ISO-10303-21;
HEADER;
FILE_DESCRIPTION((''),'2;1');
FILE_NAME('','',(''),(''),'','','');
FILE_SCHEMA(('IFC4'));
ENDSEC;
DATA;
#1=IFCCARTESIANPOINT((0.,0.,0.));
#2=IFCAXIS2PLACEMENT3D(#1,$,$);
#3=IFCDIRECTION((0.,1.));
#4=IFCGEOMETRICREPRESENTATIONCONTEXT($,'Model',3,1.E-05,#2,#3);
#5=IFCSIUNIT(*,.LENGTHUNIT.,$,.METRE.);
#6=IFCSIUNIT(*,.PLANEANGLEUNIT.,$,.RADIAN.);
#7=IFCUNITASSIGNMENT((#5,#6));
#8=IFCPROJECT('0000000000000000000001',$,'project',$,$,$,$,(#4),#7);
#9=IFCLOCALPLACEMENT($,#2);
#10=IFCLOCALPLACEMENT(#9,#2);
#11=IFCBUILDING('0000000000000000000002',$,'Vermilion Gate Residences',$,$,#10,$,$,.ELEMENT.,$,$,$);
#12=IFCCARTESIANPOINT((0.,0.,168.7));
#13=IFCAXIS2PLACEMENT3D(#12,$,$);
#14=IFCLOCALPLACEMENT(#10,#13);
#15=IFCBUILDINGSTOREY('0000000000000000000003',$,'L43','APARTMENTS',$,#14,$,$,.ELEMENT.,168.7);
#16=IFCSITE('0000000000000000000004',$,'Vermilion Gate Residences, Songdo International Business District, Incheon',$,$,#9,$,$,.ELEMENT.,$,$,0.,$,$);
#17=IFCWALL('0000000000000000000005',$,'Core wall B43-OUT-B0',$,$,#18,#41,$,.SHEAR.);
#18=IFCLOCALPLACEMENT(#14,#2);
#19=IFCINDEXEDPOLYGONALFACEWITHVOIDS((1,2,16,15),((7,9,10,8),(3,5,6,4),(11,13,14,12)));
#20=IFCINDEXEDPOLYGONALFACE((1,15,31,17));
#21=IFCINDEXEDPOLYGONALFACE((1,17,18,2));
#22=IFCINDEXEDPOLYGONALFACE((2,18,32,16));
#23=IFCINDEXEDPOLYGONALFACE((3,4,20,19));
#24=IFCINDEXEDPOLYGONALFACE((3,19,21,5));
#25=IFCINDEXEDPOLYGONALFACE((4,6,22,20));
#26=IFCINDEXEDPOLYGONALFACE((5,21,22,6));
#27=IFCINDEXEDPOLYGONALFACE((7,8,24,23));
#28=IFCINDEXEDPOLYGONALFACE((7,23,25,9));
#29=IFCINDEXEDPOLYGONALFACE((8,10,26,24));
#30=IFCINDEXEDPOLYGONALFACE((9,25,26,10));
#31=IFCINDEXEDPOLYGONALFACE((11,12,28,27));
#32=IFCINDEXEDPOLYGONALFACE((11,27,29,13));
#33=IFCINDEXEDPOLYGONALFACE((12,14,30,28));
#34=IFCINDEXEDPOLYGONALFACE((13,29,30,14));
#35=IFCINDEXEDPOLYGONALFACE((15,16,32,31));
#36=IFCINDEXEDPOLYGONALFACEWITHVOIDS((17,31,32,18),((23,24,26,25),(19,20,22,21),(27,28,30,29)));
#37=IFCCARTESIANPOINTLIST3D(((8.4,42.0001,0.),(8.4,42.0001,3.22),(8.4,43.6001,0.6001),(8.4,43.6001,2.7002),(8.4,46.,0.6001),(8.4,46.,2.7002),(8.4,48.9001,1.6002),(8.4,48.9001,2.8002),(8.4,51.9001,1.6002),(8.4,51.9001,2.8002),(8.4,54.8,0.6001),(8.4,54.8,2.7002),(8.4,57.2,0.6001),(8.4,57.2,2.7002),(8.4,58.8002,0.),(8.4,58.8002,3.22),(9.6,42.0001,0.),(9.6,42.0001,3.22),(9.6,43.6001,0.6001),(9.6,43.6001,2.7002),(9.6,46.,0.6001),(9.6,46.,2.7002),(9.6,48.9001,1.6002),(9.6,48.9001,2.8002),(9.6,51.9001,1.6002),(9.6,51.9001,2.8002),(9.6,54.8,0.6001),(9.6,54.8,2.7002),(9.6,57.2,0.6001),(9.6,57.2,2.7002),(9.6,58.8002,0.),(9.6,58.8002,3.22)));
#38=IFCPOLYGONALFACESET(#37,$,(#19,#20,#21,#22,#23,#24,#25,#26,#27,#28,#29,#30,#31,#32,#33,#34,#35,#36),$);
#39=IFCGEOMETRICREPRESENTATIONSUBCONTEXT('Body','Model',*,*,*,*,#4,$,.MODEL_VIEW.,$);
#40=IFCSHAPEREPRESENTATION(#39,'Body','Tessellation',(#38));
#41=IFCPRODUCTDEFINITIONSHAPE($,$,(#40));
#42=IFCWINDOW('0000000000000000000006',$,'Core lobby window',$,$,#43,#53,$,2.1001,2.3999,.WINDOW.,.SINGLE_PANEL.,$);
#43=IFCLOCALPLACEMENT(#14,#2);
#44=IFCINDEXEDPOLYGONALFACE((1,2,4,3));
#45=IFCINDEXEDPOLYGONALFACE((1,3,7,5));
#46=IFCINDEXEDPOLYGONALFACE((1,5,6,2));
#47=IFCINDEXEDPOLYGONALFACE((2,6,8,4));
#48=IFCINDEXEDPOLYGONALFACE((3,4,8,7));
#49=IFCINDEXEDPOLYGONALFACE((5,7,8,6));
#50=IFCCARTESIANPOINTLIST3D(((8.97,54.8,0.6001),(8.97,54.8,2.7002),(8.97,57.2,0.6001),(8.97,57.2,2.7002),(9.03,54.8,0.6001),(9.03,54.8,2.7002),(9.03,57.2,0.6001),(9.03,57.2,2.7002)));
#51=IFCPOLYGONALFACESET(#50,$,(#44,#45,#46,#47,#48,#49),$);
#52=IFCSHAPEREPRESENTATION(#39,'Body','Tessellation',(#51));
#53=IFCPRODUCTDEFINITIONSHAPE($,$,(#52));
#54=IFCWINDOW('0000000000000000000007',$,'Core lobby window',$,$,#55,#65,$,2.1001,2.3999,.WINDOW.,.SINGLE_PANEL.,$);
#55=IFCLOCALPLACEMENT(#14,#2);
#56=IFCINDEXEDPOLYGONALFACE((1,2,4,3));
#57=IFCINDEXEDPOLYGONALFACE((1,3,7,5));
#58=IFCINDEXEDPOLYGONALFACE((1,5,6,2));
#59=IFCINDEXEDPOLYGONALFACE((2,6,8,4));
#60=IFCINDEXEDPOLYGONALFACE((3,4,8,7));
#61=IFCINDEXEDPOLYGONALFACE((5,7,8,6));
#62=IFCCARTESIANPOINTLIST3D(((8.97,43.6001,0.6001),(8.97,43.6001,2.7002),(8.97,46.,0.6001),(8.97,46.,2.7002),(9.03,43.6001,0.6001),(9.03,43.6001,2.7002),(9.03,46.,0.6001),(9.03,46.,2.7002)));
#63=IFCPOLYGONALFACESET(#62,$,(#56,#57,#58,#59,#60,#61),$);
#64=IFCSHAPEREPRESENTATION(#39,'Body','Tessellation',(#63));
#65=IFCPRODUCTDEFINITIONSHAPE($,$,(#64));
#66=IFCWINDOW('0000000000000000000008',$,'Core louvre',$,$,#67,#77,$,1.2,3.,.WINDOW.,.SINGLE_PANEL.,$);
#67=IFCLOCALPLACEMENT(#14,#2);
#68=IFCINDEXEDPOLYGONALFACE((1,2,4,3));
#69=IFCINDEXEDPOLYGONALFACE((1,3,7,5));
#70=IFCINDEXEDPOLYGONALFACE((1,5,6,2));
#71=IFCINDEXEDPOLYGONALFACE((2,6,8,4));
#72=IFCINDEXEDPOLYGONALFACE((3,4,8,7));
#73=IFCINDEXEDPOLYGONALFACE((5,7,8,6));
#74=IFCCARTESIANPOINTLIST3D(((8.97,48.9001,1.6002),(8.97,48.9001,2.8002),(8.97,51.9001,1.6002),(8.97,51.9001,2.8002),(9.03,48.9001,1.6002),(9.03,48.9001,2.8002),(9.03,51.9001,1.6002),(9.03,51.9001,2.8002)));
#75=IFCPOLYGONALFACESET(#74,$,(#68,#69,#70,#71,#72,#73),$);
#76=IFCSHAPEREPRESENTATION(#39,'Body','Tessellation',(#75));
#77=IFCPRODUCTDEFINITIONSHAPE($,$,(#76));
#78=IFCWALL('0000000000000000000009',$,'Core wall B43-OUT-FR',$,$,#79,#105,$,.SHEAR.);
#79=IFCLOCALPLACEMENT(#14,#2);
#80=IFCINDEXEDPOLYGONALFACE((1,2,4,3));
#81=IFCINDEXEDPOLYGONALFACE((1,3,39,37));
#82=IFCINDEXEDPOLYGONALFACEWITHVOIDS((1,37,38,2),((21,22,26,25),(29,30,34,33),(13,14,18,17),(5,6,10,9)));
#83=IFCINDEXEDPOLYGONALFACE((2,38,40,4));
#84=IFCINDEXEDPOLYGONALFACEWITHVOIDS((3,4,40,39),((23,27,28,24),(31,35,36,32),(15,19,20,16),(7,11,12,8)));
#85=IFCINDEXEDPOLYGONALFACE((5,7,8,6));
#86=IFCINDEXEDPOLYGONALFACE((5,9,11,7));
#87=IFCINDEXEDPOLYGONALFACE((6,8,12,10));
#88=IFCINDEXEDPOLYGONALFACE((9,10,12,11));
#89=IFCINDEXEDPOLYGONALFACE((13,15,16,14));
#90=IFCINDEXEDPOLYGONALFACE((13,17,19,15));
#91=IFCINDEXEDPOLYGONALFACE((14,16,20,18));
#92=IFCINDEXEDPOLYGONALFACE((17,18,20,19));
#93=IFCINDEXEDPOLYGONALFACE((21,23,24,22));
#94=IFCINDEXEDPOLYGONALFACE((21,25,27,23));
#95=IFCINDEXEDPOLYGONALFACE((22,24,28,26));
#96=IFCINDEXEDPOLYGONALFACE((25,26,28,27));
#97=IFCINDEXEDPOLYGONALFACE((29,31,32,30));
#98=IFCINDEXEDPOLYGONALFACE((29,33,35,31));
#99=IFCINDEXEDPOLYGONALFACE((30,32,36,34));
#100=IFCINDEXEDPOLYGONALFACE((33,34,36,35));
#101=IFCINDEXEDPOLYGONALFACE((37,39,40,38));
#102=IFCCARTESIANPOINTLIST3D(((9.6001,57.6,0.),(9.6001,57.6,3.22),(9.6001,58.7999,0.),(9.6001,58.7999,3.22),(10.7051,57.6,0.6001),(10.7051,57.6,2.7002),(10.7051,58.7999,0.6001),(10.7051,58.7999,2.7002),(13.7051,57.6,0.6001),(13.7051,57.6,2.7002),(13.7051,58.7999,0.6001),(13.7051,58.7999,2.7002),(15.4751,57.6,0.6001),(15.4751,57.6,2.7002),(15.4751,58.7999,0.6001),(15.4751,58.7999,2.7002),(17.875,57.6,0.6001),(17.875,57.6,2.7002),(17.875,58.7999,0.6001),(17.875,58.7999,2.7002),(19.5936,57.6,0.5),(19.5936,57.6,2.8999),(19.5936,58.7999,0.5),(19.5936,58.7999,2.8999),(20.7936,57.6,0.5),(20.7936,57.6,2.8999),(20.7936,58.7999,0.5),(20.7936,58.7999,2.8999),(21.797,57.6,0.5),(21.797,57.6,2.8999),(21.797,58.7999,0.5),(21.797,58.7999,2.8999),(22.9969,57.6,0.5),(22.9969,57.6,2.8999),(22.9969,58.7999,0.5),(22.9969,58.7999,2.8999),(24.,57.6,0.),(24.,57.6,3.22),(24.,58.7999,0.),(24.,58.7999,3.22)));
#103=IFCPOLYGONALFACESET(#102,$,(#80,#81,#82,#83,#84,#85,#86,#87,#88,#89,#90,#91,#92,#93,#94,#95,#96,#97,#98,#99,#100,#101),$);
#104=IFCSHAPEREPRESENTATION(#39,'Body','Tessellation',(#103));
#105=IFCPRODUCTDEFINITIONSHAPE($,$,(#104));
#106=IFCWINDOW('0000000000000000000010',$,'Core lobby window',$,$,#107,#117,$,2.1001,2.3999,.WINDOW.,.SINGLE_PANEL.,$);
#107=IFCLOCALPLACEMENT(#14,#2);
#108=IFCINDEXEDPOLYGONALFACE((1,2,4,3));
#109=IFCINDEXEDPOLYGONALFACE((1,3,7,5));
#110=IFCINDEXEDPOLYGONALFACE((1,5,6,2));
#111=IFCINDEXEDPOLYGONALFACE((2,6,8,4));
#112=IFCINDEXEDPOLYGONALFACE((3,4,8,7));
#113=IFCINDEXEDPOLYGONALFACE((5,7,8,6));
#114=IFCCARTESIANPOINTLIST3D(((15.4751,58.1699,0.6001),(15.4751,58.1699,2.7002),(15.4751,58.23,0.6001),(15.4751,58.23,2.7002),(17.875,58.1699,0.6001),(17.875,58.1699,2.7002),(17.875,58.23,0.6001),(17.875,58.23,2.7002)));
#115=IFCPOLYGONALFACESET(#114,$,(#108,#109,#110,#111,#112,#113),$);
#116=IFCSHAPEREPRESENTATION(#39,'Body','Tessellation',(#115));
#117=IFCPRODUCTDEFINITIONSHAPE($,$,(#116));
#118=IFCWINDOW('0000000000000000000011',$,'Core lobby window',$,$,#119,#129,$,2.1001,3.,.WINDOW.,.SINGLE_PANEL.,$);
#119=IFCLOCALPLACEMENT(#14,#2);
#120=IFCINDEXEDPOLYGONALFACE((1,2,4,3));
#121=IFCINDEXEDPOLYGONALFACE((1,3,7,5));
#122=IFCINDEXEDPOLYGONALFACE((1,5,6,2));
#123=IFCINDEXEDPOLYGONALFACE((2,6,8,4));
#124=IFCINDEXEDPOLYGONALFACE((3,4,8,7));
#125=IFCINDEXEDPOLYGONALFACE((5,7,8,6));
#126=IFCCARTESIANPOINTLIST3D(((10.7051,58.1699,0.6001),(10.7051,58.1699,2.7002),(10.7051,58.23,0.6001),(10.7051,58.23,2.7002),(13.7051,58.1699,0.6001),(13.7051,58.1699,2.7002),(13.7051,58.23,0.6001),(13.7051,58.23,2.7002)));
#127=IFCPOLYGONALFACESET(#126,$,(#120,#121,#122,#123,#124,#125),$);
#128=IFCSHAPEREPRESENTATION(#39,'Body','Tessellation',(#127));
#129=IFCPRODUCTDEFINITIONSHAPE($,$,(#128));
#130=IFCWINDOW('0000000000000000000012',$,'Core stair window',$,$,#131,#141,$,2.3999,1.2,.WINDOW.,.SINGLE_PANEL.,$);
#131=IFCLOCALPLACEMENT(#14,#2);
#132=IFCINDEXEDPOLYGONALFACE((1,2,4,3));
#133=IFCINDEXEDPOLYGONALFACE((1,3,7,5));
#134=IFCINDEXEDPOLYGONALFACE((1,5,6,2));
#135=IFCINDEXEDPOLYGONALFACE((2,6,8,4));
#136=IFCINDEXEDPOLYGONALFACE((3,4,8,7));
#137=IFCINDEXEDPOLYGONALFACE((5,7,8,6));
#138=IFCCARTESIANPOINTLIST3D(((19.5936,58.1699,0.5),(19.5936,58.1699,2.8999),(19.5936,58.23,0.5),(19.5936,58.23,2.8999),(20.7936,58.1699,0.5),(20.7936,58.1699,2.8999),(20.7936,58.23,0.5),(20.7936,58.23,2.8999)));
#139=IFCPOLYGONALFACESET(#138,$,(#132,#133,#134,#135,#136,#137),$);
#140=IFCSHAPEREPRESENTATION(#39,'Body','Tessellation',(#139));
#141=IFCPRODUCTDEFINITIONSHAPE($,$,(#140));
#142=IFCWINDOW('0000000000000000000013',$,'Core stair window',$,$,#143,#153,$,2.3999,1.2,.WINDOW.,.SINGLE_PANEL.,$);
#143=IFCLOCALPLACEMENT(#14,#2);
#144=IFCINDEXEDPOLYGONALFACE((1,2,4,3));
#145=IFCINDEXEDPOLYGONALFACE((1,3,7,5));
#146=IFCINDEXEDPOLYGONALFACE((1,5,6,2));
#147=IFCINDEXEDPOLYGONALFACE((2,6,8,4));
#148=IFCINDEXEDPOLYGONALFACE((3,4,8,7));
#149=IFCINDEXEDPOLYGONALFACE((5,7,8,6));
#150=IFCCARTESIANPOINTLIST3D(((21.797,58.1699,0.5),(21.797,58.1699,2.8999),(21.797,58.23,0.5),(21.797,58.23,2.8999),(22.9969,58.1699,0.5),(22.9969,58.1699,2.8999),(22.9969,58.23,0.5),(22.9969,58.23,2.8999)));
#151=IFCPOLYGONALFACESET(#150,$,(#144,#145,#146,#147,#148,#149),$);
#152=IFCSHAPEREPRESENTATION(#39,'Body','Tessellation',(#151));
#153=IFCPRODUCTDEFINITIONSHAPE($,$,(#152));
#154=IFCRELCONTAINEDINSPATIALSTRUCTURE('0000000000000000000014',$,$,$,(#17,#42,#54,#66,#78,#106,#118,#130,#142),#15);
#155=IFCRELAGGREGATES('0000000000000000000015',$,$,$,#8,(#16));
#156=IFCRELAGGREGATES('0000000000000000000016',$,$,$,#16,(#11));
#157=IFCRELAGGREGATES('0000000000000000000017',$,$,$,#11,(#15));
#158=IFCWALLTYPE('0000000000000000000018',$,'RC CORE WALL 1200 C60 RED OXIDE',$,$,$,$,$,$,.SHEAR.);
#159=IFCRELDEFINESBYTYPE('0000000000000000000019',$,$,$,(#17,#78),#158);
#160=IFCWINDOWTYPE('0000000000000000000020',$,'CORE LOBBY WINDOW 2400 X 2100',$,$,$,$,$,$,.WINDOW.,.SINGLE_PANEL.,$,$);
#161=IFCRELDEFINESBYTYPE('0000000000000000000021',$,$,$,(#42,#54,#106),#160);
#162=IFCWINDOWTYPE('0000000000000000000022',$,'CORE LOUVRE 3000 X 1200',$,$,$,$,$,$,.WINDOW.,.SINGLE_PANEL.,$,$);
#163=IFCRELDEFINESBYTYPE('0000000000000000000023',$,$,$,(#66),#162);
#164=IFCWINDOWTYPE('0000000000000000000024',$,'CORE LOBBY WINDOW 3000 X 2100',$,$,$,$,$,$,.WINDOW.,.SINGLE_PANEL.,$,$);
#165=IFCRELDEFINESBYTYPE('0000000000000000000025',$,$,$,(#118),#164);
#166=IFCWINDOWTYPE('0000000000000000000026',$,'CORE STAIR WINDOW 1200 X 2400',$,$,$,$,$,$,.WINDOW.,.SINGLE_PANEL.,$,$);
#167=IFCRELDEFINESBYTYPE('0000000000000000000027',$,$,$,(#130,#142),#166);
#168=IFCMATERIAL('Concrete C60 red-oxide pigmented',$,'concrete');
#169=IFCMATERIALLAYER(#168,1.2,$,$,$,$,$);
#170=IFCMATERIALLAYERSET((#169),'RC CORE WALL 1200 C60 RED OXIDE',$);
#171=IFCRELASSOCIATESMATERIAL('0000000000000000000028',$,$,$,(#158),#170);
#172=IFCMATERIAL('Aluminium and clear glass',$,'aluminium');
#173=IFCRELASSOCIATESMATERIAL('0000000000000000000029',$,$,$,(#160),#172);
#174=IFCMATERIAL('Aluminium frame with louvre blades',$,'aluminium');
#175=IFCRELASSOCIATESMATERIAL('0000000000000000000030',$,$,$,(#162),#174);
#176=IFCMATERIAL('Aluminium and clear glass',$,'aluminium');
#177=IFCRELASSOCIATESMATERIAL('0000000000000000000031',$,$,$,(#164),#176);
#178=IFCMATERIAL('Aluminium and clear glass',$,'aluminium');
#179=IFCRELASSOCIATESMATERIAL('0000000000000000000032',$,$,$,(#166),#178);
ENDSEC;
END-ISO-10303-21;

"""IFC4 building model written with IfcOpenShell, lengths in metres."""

from ifc_helpers import new_model, si_unit, direction, frame, frame_2d, origin, place, context, subcontext, project, spatial, rectangle, extrude, material, layer, layer_set, type_object, element, fill, save


model = new_model("IFC4")

# Units and contexts
model_context = context("Model", 3, precision=1e-05, world=origin(), true_north=direction((0.0, 1.0)))
body_context = subcontext(model_context, "Body", "Model", "MODEL_VIEW")
ifc_project = project(units=[si_unit("LENGTHUNIT", "METRE"), si_unit("PLANEANGLEUNIT", "RADIAN")], contexts=[model_context])

# Site, building, storey
site_placement = place(None, origin())
site = spatial("IfcSite", under=ifc_project, at=site_placement, Name="Vermilion Gate Residences, Songdo International Business District, Incheon", CompositionType="ELEMENT", RefElevation=0.0)
building_placement = place(site_placement, origin())
building = spatial("IfcBuilding", under=site, at=building_placement, Name="Vermilion Gate Residences", CompositionType="ELEMENT")
storey_placement = place(building_placement, frame((0.0, 0.0, 168.7)))
storey = spatial("IfcBuildingStorey", under=building, at=storey_placement, Name="L43", Description="APARTMENTS", CompositionType="ELEMENT", Elevation=168.7)

# Walls, openings, windows
ifc_material_1 = material(Name="Concrete C60 red-oxide pigmented", Category="concrete")
ifc_layer_1 = layer(ifc_material_1, 1.2)
ifc_layer_set_1 = layer_set([ifc_layer_1], Name="RC CORE WALL 1200 C60 RED OXIDE")
wall_type_1 = type_object("IfcWallType", Name="RC CORE WALL 1200 C60 RED OXIDE", PredefinedType="SHEAR", material=ifc_layer_set_1)
wall_1_placement = place(storey_placement, frame((9.0, 58.8, 0.0), z_axis=(0.0, 0.0, 1.0), x_axis=(0.0, -1.0, 0.0)))
wall_1 = element("IfcWall", 1, at=wall_1_placement, inside=storey, type_object=wall_type_1, Name="Core wall B43-OUT-B0", PredefinedType="SHEAR", context=body_context, shape_type="SweptSolid", body=[
    extrude(rectangle(XDim=16.8, YDim=1.2, at=frame_2d((8.3999, 0.0))), origin(), (0.0, 0.0, 1.0), 3.22),
])
opening_1_placement = place(wall_1_placement, frame((1.6001, 0.0, 0.6001)))
opening_1 = element("IfcOpeningElement", 2, at=opening_1_placement, cuts=wall_1, PredefinedType="OPENING", context=body_context, shape_type="SweptSolid", body=[
    extrude(rectangle(XDim=2.3999, YDim=2.1001, at=frame_2d((1.2, 1.05))), frame((0.0, 0.6099, 0.0), z_axis=(0.0, -1.0, 0.0), x_axis=(1.0, 0.0, 0.0)), (0.0, 0.0, 1.0), 1.22),
])
opening_2_placement = place(wall_1_placement, frame((6.8999, 0.0, 1.6001)))
opening_2 = element("IfcOpeningElement", 3, at=opening_2_placement, cuts=wall_1, PredefinedType="OPENING", context=body_context, shape_type="SweptSolid", body=[
    extrude(rectangle(XDim=3.0, YDim=1.2, at=frame_2d((1.5, 0.6001))), frame((0.0, 0.6099, 0.0), z_axis=(0.0, -1.0, 0.0), x_axis=(1.0, 0.0, 0.0)), (0.0, 0.0, 1.0), 1.22),
])
opening_3_placement = place(wall_1_placement, frame((12.8, 0.0, 0.6001)))
opening_3 = element("IfcOpeningElement", 4, at=opening_3_placement, cuts=wall_1, PredefinedType="OPENING", context=body_context, shape_type="SweptSolid", body=[
    extrude(rectangle(XDim=2.3999, YDim=2.1001, at=frame_2d((1.2, 1.05))), frame((0.0, 0.6099, 0.0), z_axis=(0.0, -1.0, 0.0), x_axis=(1.0, 0.0, 0.0)), (0.0, 0.0, 1.0), 1.22),
])
ifc_material_2 = material(Name="Aluminium and clear glass", Category="aluminium")
window_type_1 = type_object("IfcWindowType", Name="CORE LOBBY WINDOW 2400 X 2100", PartitioningType="SINGLE_PANEL", PredefinedType="WINDOW", material=ifc_material_2)
window_1_placement = place(opening_1_placement, origin())
window_1 = element("IfcWindow", 5, at=window_1_placement, inside=storey, type_object=window_type_1, Name="Core lobby window", OverallHeight=2.1001, OverallWidth=2.3999, PartitioningType="SINGLE_PANEL", PredefinedType="WINDOW", context=body_context, shape_type="SweptSolid", body=[
    extrude(rectangle(XDim=2.3999, YDim=2.1001, at=frame_2d((1.2, 1.05))), frame((0.0, 0.03, 0.0), z_axis=(0.0, -1.0, 0.0), x_axis=(1.0, 0.0, 0.0)), (0.0, 0.0, 1.0), 0.0601),
])
fill(opening_1, window_1)
window_2_placement = place(opening_3_placement, origin())
window_2 = element("IfcWindow", 6, at=window_2_placement, inside=storey, type_object=window_type_1, Name="Core lobby window", OverallHeight=2.1001, OverallWidth=2.3999, PartitioningType="SINGLE_PANEL", PredefinedType="WINDOW", context=body_context, shape_type="SweptSolid", body=[
    extrude(rectangle(XDim=2.3999, YDim=2.1001, at=frame_2d((1.2, 1.05))), frame((0.0, 0.03, 0.0), z_axis=(0.0, -1.0, 0.0), x_axis=(1.0, 0.0, 0.0)), (0.0, 0.0, 1.0), 0.0601),
])
fill(opening_3, window_2)
ifc_material_3 = material(Name="Aluminium frame with louvre blades", Category="aluminium")
window_type_2 = type_object("IfcWindowType", Name="CORE LOUVRE 3000 X 1200", PartitioningType="SINGLE_PANEL", PredefinedType="WINDOW", material=ifc_material_3)
window_3_placement = place(opening_2_placement, origin())
window_3 = element("IfcWindow", 7, at=window_3_placement, inside=storey, type_object=window_type_2, Name="Core louvre", OverallHeight=1.2, OverallWidth=3.0, PartitioningType="SINGLE_PANEL", PredefinedType="WINDOW", context=body_context, shape_type="SweptSolid", body=[
    extrude(rectangle(XDim=3.0, YDim=1.2, at=frame_2d((1.5, 0.6001))), frame((0.0, 0.03, 0.0), z_axis=(0.0, -1.0, 0.0), x_axis=(1.0, 0.0, 0.0)), (0.0, 0.0, 1.0), 0.0601),
])
fill(opening_2, window_3)
wall_2_placement = place(storey_placement, frame((9.6001, 58.2, 0.0), z_axis=(0.0, 0.0, 1.0), x_axis=(1.0, 0.0, 0.0)))
wall_2 = element("IfcWall", 8, at=wall_2_placement, inside=storey, type_object=wall_type_1, Name="Core wall B43-OUT-FR", PredefinedType="SHEAR", context=body_context, shape_type="SweptSolid", body=[
    extrude(rectangle(XDim=14.3999, YDim=1.2, at=frame_2d((7.2, 0.0))), origin(), (0.0, 0.0, 1.0), 3.22),
])
opening_4_placement = place(wall_2_placement, frame((1.105, 0.0, 0.6001)))
opening_4 = element("IfcOpeningElement", 9, at=opening_4_placement, cuts=wall_2, PredefinedType="OPENING", context=body_context, shape_type="SweptSolid", body=[
    extrude(rectangle(XDim=3.0, YDim=2.1001, at=frame_2d((1.5, 1.05))), frame((0.0, 0.6099, 0.0), z_axis=(0.0, -1.0, 0.0), x_axis=(1.0, 0.0, 0.0)), (0.0, 0.0, 1.0), 1.22),
])
opening_5_placement = place(wall_2_placement, frame((5.875, 0.0, 0.6001)))
opening_5 = element("IfcOpeningElement", 10, at=opening_5_placement, cuts=wall_2, PredefinedType="OPENING", context=body_context, shape_type="SweptSolid", body=[
    extrude(rectangle(XDim=2.3999, YDim=2.1001, at=frame_2d((1.2, 1.05))), frame((0.0, 0.6099, 0.0), z_axis=(0.0, -1.0, 0.0), x_axis=(1.0, 0.0, 0.0)), (0.0, 0.0, 1.0), 1.22),
])
opening_6_placement = place(wall_2_placement, frame((9.9934, 0.0, 0.5)))
opening_6 = element("IfcOpeningElement", 11, at=opening_6_placement, cuts=wall_2, PredefinedType="OPENING", context=body_context, shape_type="SweptSolid", body=[
    extrude(rectangle(XDim=1.2, YDim=2.3999, at=frame_2d((0.6001, 1.2))), frame((0.0, 0.6099, 0.0), z_axis=(0.0, -1.0, 0.0), x_axis=(1.0, 0.0, 0.0)), (0.0, 0.0, 1.0), 1.22),
])
opening_7_placement = place(wall_2_placement, frame((12.1968, 0.0, 0.5)))
opening_7 = element("IfcOpeningElement", 12, at=opening_7_placement, cuts=wall_2, PredefinedType="OPENING", context=body_context, shape_type="SweptSolid", body=[
    extrude(rectangle(XDim=1.2, YDim=2.3999, at=frame_2d((0.6001, 1.2))), frame((0.0, 0.6099, 0.0), z_axis=(0.0, -1.0, 0.0), x_axis=(1.0, 0.0, 0.0)), (0.0, 0.0, 1.0), 1.22),
])
window_4_placement = place(opening_5_placement, origin())
window_4 = element("IfcWindow", 13, at=window_4_placement, inside=storey, type_object=window_type_1, Name="Core lobby window", OverallHeight=2.1001, OverallWidth=2.3999, PartitioningType="SINGLE_PANEL", PredefinedType="WINDOW", context=body_context, shape_type="SweptSolid", body=[
    extrude(rectangle(XDim=2.3999, YDim=2.1001, at=frame_2d((1.2, 1.05))), frame((0.0, 0.03, 0.0), z_axis=(0.0, -1.0, 0.0), x_axis=(1.0, 0.0, 0.0)), (0.0, 0.0, 1.0), 0.0601),
])
fill(opening_5, window_4)
ifc_material_4 = material(Name="Aluminium and clear glass", Category="aluminium")
window_type_3 = type_object("IfcWindowType", Name="CORE LOBBY WINDOW 3000 X 2100", PartitioningType="SINGLE_PANEL", PredefinedType="WINDOW", material=ifc_material_4)
window_5_placement = place(opening_4_placement, origin())
window_5 = element("IfcWindow", 14, at=window_5_placement, inside=storey, type_object=window_type_3, Name="Core lobby window", OverallHeight=2.1001, OverallWidth=3.0, PartitioningType="SINGLE_PANEL", PredefinedType="WINDOW", context=body_context, shape_type="SweptSolid", body=[
    extrude(rectangle(XDim=3.0, YDim=2.1001, at=frame_2d((1.5, 1.05))), frame((0.0, 0.03, 0.0), z_axis=(0.0, -1.0, 0.0), x_axis=(1.0, 0.0, 0.0)), (0.0, 0.0, 1.0), 0.0601),
])
fill(opening_4, window_5)
ifc_material_5 = material(Name="Aluminium and clear glass", Category="aluminium")
window_type_4 = type_object("IfcWindowType", Name="CORE STAIR WINDOW 1200 X 2400", PartitioningType="SINGLE_PANEL", PredefinedType="WINDOW", material=ifc_material_5)
window_6_placement = place(opening_6_placement, origin())
window_6 = element("IfcWindow", 15, at=window_6_placement, inside=storey, type_object=window_type_4, Name="Core stair window", OverallHeight=2.3999, OverallWidth=1.2, PartitioningType="SINGLE_PANEL", PredefinedType="WINDOW", context=body_context, shape_type="SweptSolid", body=[
    extrude(rectangle(XDim=1.2, YDim=2.3999, at=frame_2d((0.6001, 1.2))), frame((0.0, 0.03, 0.0), z_axis=(0.0, -1.0, 0.0), x_axis=(1.0, 0.0, 0.0)), (0.0, 0.0, 1.0), 0.0601),
])
fill(opening_6, window_6)
window_7_placement = place(opening_7_placement, origin())
window_7 = element("IfcWindow", 16, at=window_7_placement, inside=storey, type_object=window_type_4, Name="Core stair window", OverallHeight=2.3999, OverallWidth=1.2, PartitioningType="SINGLE_PANEL", PredefinedType="WINDOW", context=body_context, shape_type="SweptSolid", body=[
    extrude(rectangle(XDim=1.2, YDim=2.3999, at=frame_2d((0.6001, 1.2))), frame((0.0, 0.03, 0.0), z_axis=(0.0, -1.0, 0.0), x_axis=(1.0, 0.0, 0.0)), (0.0, 0.0, 1.0), 0.0601),
])
fill(opening_7, window_7)

save(model, "model.ifc")
